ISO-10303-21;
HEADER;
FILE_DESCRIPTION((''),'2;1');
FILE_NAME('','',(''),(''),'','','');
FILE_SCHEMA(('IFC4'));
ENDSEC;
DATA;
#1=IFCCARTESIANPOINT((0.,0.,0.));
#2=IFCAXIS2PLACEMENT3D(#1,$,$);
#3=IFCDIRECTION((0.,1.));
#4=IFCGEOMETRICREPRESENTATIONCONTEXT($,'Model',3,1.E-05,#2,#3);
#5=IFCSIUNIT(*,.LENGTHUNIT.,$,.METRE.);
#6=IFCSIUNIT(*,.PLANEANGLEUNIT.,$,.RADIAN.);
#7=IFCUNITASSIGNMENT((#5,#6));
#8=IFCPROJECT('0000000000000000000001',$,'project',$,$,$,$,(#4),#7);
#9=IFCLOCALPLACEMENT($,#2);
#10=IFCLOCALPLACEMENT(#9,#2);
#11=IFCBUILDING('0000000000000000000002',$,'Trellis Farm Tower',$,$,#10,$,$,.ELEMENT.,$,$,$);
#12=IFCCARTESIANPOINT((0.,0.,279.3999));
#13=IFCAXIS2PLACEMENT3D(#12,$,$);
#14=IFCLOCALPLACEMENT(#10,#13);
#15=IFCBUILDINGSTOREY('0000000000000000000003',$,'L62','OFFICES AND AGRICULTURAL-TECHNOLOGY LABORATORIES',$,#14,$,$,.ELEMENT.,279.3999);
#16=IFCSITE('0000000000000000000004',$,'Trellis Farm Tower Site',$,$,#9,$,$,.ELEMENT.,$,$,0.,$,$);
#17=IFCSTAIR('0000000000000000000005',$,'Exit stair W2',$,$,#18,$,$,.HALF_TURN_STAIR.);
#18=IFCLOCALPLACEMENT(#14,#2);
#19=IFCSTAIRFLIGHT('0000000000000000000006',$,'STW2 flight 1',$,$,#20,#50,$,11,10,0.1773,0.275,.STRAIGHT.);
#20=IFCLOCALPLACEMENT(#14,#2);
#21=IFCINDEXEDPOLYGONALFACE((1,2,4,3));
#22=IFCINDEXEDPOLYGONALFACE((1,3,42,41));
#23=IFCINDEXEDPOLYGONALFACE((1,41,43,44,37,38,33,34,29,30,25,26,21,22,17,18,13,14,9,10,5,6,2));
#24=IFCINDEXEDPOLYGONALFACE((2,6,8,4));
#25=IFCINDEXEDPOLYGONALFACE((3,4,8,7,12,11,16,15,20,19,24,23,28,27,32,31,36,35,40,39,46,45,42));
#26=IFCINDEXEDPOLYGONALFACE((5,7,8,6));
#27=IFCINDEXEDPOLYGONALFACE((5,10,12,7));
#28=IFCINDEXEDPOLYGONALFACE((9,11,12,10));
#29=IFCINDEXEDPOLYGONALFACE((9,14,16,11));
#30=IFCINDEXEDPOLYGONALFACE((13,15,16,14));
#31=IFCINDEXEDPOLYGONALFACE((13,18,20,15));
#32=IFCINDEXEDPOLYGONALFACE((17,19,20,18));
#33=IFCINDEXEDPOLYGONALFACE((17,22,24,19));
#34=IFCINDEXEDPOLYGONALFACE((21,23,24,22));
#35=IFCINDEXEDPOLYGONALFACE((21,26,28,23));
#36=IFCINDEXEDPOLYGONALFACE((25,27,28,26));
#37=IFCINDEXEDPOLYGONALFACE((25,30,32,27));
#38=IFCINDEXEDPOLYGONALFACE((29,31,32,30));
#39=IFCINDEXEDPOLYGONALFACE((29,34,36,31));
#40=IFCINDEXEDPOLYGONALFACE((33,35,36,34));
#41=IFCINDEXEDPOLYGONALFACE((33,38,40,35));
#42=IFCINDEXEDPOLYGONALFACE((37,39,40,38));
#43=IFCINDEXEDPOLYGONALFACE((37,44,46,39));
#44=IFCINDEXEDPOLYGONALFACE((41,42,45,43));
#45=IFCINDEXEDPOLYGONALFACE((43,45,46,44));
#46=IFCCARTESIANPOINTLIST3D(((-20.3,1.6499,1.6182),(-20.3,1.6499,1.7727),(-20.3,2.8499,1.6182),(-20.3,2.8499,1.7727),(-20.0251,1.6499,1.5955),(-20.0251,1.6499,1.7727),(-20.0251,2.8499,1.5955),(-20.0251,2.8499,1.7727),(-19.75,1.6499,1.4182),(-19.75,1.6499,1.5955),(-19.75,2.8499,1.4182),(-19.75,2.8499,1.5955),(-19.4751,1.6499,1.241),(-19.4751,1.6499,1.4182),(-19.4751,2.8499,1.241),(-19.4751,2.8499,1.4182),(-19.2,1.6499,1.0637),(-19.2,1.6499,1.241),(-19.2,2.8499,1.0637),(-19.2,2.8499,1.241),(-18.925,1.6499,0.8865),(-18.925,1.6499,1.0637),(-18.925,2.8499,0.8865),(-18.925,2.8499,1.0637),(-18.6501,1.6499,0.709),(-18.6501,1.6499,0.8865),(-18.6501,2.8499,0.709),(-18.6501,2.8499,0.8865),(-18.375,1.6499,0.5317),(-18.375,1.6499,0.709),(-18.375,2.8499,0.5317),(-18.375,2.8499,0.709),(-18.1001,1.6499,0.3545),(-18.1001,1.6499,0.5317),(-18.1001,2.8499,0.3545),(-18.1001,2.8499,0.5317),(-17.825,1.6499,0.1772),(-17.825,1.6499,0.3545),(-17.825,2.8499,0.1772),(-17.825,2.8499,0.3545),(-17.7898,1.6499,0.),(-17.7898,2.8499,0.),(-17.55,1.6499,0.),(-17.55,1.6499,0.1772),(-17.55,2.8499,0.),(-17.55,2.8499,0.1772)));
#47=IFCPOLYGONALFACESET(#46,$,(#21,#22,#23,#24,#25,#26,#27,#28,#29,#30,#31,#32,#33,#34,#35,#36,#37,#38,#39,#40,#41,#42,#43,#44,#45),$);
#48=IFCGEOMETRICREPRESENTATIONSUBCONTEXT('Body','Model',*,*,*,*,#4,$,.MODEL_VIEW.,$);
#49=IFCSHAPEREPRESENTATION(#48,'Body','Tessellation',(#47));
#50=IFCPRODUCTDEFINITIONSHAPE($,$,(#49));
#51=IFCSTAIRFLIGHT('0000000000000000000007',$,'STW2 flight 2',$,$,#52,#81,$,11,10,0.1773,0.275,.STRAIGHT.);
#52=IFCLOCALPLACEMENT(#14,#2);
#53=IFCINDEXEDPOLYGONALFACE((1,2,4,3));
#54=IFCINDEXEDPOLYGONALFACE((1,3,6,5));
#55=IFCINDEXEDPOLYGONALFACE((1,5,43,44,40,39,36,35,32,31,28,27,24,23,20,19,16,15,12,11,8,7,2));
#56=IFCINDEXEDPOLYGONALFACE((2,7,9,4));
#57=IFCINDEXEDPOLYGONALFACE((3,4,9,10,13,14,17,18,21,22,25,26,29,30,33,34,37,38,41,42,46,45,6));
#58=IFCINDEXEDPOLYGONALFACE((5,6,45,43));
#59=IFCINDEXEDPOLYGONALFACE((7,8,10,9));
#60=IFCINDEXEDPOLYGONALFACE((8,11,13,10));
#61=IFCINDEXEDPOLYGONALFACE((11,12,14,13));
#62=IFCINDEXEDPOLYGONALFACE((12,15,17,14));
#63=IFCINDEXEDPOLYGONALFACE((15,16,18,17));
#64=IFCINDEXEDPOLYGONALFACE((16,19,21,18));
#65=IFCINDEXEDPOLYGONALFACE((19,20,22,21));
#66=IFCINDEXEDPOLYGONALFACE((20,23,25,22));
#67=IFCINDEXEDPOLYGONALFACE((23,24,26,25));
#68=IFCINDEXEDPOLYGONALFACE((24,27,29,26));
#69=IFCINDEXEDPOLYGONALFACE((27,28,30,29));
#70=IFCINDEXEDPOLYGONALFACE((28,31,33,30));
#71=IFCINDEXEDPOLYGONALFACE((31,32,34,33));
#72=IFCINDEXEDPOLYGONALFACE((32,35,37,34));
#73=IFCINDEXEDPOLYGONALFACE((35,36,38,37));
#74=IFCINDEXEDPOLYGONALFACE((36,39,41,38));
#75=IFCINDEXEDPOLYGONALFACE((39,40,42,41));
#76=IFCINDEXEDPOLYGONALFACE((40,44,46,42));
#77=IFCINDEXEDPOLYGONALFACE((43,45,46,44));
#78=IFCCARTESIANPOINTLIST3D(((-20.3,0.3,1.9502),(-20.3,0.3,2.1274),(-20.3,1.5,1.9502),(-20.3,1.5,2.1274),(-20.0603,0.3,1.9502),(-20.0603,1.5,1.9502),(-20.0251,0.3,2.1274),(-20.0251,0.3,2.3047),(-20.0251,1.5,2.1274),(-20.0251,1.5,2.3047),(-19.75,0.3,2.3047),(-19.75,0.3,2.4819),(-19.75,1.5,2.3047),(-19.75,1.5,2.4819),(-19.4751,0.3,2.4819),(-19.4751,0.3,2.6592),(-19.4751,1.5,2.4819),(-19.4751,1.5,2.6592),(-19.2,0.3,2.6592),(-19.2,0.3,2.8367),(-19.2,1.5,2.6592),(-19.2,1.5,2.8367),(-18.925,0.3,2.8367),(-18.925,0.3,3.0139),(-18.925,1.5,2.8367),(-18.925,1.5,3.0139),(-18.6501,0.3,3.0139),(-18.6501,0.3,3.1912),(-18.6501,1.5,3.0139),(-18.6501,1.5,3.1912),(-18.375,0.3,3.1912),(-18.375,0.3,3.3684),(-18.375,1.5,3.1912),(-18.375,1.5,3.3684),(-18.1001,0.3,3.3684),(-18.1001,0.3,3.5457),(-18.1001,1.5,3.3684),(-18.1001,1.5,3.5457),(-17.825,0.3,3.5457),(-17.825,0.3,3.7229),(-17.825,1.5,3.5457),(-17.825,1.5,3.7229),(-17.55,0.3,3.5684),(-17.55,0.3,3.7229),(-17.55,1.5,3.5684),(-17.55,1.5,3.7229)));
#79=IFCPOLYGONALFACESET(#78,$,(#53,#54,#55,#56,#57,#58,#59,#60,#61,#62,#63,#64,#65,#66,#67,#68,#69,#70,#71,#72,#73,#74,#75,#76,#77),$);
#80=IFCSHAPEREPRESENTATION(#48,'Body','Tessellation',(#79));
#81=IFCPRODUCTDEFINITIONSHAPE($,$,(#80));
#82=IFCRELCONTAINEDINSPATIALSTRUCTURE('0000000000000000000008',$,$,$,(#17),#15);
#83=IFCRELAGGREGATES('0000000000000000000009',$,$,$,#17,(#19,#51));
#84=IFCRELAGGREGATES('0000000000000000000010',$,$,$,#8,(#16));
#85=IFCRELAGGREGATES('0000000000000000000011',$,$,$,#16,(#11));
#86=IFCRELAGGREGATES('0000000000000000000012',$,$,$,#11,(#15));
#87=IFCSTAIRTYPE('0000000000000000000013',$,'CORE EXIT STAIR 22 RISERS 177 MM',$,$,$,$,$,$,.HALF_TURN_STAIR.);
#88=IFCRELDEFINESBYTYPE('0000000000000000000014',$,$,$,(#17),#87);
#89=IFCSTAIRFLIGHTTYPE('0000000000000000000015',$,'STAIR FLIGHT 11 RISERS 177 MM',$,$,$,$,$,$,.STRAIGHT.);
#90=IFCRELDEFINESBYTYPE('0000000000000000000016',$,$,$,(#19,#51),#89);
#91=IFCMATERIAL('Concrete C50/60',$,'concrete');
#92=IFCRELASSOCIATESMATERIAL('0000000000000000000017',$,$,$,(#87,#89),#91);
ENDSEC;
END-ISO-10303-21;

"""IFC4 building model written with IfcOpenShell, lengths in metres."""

from ifc_helpers import new_model, si_unit, direction, frame, origin, place, context, subcontext, project, spatial, polyline, outline, extrude, source, transform, mapped, material, type_object, element, aggregate, save


model = new_model("IFC4")

# Units and contexts
model_context = context("Model", 3, precision=1e-05, world=origin(), true_north=direction((0.0, 1.0)))
body_context = subcontext(model_context, "Body", "Model", "MODEL_VIEW")
ifc_project = project(units=[si_unit("LENGTHUNIT", "METRE"), si_unit("PLANEANGLEUNIT", "RADIAN")], contexts=[model_context])

# Site, building, storey
site_placement = place(None, origin())
site = spatial("IfcSite", under=ifc_project, at=site_placement, Name="Trellis Farm Tower Site", CompositionType="ELEMENT", RefElevation=0.0)
building_placement = place(site_placement, origin())
building = spatial("IfcBuilding", under=site, at=building_placement, Name="Trellis Farm Tower", CompositionType="ELEMENT")
storey_placement = place(building_placement, frame((0.0, 0.0, 279.3999)))
storey = spatial("IfcBuildingStorey", under=building, at=storey_placement, Name="L62", Description="OFFICES AND AGRICULTURAL-TECHNOLOGY LABORATORIES", CompositionType="ELEMENT", Elevation=279.3999)

# Shared definitions
placement = place(storey_placement, origin())

# Shared definitions
ifc_material_1 = material(Name="Concrete C50/60", Category="concrete")

# Stair, stair flights
stair_type = type_object("IfcStairType", Name="CORE EXIT STAIR 22 RISERS 177 MM", PredefinedType="HALF_TURN_STAIR", material=ifc_material_1)
stair_flight_type = type_object("IfcStairFlightType", Name="STAIR FLIGHT 11 RISERS 177 MM", PredefinedType="STRAIGHT", material=ifc_material_1)
shared_shape_1 = source(origin(), body_context, "Body", "SweptSolid", [
    extrude(outline(polyline([(0.0, 0.0), (0.0, 0.1772), (0.2749, 0.1772), (0.2749, 0.3545), (0.55, 0.3545), (0.55, 0.5317), (0.825, 0.5317), (0.825, 0.709), (1.1001, 0.709), (1.1001, 0.8865), (1.375, 0.8865), (1.375, 1.0637), (1.6499, 1.0637), (1.6499, 1.241), (1.925, 1.241), (1.925, 1.4182), (2.2, 1.4182), (2.2, 1.5955), (2.4751, 1.5955), (2.4751, 1.7727), (2.75, 1.7727), (2.75, 1.95), (2.75, 1.6182), (0.2397, 0.0), (0.0, 0.0)])), frame((0.0, 0.6001, 0.0), z_axis=(0.0, -1.0, 0.0), x_axis=(1.0, 0.0, 0.0)), (0.0, 0.0, 1.0), 1.2),
])
stair_1 = element("IfcStair", 1, at=placement, inside=storey, type_object=stair_type, Name="Exit stair W2", PredefinedType="HALF_TURN_STAIR")
stair_flight_1_placement = place(storey_placement, frame((-17.55, 2.25, 0.0), z_axis=(0.0, 0.0, 1.0), x_axis=(-1.0, 0.0, 0.0)))
stair_flight_1 = element("IfcStairFlight", 2, at=stair_flight_1_placement, type_object=stair_flight_type, Name="STW2 flight 1", NumberOfRisers=11, NumberOfTreads=10, PredefinedType="STRAIGHT", RiserHeight=0.1773, TreadLength=0.275, context=body_context, shape_type="MappedRepresentation", body=[
    mapped(shared_shape_1, transform((0.0, 0.0, 0.0))),
])
stair_flight_2_placement = place(storey_placement, frame((-20.3, 0.8999, 1.9502), z_axis=(0.0, 0.0, 1.0), x_axis=(1.0, 0.0, 0.0)))
stair_flight_2 = element("IfcStairFlight", 3, at=stair_flight_2_placement, type_object=stair_flight_type, Name="STW2 flight 2", NumberOfRisers=11, NumberOfTreads=10, PredefinedType="STRAIGHT", RiserHeight=0.1773, TreadLength=0.275, context=body_context, shape_type="MappedRepresentation", body=[
    mapped(shared_shape_1, transform((0.0, 0.0, 0.0))),
])
aggregate(stair_1, [stair_flight_1, stair_flight_2])

save(model, "model.ifc")
